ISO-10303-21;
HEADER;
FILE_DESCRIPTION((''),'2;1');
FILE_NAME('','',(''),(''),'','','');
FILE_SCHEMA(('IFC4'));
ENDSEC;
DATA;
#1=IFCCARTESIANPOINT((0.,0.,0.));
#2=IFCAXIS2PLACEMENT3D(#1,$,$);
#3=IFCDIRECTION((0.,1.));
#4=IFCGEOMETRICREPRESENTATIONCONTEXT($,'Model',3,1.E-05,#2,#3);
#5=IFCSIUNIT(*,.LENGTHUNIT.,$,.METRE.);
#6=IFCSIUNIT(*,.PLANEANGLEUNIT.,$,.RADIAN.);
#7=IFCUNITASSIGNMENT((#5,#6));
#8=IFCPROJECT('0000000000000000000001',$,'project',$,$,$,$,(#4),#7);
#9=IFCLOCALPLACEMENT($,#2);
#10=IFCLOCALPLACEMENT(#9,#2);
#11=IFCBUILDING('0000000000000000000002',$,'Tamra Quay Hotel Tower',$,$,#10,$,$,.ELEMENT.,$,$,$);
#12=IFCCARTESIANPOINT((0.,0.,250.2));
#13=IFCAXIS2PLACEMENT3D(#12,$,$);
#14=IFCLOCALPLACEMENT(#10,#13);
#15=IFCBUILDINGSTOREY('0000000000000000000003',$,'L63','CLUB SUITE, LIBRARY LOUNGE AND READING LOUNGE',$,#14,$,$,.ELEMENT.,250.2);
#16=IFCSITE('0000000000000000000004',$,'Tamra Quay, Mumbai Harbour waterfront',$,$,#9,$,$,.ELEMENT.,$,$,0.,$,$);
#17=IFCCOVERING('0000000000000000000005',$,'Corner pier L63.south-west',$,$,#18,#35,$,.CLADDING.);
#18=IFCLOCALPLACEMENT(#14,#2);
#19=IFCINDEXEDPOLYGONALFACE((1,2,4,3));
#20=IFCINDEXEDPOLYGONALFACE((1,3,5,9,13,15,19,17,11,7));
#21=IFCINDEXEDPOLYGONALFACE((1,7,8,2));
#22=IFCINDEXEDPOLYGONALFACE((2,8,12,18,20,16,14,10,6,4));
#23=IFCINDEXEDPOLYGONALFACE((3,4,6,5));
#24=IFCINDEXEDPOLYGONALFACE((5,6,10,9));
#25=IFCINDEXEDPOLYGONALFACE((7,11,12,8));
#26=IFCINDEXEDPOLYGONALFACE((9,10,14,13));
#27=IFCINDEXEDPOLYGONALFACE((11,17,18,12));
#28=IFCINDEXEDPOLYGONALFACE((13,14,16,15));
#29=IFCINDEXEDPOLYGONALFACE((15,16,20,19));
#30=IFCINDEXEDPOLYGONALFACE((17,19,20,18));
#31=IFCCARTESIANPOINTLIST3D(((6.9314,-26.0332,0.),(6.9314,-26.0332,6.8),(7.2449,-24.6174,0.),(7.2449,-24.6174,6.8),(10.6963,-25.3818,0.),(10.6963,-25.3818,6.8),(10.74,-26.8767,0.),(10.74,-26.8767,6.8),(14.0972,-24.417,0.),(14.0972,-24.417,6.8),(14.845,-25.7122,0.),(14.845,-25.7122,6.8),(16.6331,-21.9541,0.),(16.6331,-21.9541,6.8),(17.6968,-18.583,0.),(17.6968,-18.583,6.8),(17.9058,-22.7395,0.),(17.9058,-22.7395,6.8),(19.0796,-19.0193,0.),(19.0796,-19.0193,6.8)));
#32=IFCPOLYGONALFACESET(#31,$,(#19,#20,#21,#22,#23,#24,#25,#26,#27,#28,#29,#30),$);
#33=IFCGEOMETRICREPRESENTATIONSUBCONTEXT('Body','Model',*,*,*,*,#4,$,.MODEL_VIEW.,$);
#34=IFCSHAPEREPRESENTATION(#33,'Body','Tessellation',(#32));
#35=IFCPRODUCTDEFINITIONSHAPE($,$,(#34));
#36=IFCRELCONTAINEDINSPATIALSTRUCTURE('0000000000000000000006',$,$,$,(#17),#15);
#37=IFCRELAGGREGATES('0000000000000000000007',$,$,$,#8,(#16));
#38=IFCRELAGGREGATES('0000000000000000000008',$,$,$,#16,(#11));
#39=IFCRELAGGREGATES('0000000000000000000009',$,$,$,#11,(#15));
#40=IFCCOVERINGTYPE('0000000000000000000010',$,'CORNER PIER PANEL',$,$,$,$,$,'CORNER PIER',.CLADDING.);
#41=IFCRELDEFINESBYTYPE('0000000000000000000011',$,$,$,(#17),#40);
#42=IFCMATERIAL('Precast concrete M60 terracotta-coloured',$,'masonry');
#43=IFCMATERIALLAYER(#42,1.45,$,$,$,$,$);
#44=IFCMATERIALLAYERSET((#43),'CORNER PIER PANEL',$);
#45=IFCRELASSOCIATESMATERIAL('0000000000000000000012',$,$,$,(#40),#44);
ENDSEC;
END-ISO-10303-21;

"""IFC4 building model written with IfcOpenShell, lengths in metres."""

from ifc_helpers import new_model, si_unit, direction, frame, origin, place, context, subcontext, project, spatial, polyline, outline, extrude, material, layer, layer_set, type_object, element, save


model = new_model("IFC4")

# Units and contexts
model_context = context("Model", 3, precision=1e-05, world=origin(), true_north=direction((0.0, 1.0)))
body_context = subcontext(model_context, "Body", "Model", "MODEL_VIEW")
ifc_project = project(units=[si_unit("LENGTHUNIT", "METRE"), si_unit("PLANEANGLEUNIT", "RADIAN")], contexts=[model_context])

# Site, building, storey
site_placement = place(None, origin())
site = spatial("IfcSite", under=ifc_project, at=site_placement, Name="Tamra Quay, Mumbai Harbour waterfront", CompositionType="ELEMENT", RefElevation=0.0)
building_placement = place(site_placement, origin())
building = spatial("IfcBuilding", under=site, at=building_placement, Name="Tamra Quay Hotel Tower", CompositionType="ELEMENT")
storey_placement = place(building_placement, frame((0.0, 0.0, 250.2)))
storey = spatial("IfcBuildingStorey", under=building, at=storey_placement, Name="L63", Description="CLUB SUITE, LIBRARY LOUNGE AND READING LOUNGE", CompositionType="ELEMENT", Elevation=250.2)

# Covering
ifc_material_1 = material(Name="Precast concrete M60 terracotta-coloured", Category="masonry")
ifc_layer_1 = layer(ifc_material_1, 1.45)
ifc_layer_set_1 = layer_set([ifc_layer_1], Name="CORNER PIER PANEL")
covering_type = type_object("IfcCoveringType", Name="CORNER PIER PANEL", ElementType="CORNER PIER", PredefinedType="CLADDING", material=ifc_layer_set_1)
covering_1_placement = place(storey_placement, origin())
element("IfcCovering", 1, at=covering_1_placement, inside=storey, type_object=covering_type, Name="Corner pier L63.south-west", PredefinedType="CLADDING", context=body_context, shape_type="SweptSolid", body=[
    extrude(outline(polyline([(7.2449, -24.6174), (6.9314, -26.0332), (10.74, -26.8767), (14.845, -25.7122), (17.9058, -22.7395), (19.0796, -19.0193), (17.6968, -18.583), (16.6331, -21.9541), (14.0972, -24.417), (10.6963, -25.3818), (7.2449, -24.6174)])), origin(), (0.0, 0.0, 1.0), 6.8),
])

save(model, "model.ifc")
